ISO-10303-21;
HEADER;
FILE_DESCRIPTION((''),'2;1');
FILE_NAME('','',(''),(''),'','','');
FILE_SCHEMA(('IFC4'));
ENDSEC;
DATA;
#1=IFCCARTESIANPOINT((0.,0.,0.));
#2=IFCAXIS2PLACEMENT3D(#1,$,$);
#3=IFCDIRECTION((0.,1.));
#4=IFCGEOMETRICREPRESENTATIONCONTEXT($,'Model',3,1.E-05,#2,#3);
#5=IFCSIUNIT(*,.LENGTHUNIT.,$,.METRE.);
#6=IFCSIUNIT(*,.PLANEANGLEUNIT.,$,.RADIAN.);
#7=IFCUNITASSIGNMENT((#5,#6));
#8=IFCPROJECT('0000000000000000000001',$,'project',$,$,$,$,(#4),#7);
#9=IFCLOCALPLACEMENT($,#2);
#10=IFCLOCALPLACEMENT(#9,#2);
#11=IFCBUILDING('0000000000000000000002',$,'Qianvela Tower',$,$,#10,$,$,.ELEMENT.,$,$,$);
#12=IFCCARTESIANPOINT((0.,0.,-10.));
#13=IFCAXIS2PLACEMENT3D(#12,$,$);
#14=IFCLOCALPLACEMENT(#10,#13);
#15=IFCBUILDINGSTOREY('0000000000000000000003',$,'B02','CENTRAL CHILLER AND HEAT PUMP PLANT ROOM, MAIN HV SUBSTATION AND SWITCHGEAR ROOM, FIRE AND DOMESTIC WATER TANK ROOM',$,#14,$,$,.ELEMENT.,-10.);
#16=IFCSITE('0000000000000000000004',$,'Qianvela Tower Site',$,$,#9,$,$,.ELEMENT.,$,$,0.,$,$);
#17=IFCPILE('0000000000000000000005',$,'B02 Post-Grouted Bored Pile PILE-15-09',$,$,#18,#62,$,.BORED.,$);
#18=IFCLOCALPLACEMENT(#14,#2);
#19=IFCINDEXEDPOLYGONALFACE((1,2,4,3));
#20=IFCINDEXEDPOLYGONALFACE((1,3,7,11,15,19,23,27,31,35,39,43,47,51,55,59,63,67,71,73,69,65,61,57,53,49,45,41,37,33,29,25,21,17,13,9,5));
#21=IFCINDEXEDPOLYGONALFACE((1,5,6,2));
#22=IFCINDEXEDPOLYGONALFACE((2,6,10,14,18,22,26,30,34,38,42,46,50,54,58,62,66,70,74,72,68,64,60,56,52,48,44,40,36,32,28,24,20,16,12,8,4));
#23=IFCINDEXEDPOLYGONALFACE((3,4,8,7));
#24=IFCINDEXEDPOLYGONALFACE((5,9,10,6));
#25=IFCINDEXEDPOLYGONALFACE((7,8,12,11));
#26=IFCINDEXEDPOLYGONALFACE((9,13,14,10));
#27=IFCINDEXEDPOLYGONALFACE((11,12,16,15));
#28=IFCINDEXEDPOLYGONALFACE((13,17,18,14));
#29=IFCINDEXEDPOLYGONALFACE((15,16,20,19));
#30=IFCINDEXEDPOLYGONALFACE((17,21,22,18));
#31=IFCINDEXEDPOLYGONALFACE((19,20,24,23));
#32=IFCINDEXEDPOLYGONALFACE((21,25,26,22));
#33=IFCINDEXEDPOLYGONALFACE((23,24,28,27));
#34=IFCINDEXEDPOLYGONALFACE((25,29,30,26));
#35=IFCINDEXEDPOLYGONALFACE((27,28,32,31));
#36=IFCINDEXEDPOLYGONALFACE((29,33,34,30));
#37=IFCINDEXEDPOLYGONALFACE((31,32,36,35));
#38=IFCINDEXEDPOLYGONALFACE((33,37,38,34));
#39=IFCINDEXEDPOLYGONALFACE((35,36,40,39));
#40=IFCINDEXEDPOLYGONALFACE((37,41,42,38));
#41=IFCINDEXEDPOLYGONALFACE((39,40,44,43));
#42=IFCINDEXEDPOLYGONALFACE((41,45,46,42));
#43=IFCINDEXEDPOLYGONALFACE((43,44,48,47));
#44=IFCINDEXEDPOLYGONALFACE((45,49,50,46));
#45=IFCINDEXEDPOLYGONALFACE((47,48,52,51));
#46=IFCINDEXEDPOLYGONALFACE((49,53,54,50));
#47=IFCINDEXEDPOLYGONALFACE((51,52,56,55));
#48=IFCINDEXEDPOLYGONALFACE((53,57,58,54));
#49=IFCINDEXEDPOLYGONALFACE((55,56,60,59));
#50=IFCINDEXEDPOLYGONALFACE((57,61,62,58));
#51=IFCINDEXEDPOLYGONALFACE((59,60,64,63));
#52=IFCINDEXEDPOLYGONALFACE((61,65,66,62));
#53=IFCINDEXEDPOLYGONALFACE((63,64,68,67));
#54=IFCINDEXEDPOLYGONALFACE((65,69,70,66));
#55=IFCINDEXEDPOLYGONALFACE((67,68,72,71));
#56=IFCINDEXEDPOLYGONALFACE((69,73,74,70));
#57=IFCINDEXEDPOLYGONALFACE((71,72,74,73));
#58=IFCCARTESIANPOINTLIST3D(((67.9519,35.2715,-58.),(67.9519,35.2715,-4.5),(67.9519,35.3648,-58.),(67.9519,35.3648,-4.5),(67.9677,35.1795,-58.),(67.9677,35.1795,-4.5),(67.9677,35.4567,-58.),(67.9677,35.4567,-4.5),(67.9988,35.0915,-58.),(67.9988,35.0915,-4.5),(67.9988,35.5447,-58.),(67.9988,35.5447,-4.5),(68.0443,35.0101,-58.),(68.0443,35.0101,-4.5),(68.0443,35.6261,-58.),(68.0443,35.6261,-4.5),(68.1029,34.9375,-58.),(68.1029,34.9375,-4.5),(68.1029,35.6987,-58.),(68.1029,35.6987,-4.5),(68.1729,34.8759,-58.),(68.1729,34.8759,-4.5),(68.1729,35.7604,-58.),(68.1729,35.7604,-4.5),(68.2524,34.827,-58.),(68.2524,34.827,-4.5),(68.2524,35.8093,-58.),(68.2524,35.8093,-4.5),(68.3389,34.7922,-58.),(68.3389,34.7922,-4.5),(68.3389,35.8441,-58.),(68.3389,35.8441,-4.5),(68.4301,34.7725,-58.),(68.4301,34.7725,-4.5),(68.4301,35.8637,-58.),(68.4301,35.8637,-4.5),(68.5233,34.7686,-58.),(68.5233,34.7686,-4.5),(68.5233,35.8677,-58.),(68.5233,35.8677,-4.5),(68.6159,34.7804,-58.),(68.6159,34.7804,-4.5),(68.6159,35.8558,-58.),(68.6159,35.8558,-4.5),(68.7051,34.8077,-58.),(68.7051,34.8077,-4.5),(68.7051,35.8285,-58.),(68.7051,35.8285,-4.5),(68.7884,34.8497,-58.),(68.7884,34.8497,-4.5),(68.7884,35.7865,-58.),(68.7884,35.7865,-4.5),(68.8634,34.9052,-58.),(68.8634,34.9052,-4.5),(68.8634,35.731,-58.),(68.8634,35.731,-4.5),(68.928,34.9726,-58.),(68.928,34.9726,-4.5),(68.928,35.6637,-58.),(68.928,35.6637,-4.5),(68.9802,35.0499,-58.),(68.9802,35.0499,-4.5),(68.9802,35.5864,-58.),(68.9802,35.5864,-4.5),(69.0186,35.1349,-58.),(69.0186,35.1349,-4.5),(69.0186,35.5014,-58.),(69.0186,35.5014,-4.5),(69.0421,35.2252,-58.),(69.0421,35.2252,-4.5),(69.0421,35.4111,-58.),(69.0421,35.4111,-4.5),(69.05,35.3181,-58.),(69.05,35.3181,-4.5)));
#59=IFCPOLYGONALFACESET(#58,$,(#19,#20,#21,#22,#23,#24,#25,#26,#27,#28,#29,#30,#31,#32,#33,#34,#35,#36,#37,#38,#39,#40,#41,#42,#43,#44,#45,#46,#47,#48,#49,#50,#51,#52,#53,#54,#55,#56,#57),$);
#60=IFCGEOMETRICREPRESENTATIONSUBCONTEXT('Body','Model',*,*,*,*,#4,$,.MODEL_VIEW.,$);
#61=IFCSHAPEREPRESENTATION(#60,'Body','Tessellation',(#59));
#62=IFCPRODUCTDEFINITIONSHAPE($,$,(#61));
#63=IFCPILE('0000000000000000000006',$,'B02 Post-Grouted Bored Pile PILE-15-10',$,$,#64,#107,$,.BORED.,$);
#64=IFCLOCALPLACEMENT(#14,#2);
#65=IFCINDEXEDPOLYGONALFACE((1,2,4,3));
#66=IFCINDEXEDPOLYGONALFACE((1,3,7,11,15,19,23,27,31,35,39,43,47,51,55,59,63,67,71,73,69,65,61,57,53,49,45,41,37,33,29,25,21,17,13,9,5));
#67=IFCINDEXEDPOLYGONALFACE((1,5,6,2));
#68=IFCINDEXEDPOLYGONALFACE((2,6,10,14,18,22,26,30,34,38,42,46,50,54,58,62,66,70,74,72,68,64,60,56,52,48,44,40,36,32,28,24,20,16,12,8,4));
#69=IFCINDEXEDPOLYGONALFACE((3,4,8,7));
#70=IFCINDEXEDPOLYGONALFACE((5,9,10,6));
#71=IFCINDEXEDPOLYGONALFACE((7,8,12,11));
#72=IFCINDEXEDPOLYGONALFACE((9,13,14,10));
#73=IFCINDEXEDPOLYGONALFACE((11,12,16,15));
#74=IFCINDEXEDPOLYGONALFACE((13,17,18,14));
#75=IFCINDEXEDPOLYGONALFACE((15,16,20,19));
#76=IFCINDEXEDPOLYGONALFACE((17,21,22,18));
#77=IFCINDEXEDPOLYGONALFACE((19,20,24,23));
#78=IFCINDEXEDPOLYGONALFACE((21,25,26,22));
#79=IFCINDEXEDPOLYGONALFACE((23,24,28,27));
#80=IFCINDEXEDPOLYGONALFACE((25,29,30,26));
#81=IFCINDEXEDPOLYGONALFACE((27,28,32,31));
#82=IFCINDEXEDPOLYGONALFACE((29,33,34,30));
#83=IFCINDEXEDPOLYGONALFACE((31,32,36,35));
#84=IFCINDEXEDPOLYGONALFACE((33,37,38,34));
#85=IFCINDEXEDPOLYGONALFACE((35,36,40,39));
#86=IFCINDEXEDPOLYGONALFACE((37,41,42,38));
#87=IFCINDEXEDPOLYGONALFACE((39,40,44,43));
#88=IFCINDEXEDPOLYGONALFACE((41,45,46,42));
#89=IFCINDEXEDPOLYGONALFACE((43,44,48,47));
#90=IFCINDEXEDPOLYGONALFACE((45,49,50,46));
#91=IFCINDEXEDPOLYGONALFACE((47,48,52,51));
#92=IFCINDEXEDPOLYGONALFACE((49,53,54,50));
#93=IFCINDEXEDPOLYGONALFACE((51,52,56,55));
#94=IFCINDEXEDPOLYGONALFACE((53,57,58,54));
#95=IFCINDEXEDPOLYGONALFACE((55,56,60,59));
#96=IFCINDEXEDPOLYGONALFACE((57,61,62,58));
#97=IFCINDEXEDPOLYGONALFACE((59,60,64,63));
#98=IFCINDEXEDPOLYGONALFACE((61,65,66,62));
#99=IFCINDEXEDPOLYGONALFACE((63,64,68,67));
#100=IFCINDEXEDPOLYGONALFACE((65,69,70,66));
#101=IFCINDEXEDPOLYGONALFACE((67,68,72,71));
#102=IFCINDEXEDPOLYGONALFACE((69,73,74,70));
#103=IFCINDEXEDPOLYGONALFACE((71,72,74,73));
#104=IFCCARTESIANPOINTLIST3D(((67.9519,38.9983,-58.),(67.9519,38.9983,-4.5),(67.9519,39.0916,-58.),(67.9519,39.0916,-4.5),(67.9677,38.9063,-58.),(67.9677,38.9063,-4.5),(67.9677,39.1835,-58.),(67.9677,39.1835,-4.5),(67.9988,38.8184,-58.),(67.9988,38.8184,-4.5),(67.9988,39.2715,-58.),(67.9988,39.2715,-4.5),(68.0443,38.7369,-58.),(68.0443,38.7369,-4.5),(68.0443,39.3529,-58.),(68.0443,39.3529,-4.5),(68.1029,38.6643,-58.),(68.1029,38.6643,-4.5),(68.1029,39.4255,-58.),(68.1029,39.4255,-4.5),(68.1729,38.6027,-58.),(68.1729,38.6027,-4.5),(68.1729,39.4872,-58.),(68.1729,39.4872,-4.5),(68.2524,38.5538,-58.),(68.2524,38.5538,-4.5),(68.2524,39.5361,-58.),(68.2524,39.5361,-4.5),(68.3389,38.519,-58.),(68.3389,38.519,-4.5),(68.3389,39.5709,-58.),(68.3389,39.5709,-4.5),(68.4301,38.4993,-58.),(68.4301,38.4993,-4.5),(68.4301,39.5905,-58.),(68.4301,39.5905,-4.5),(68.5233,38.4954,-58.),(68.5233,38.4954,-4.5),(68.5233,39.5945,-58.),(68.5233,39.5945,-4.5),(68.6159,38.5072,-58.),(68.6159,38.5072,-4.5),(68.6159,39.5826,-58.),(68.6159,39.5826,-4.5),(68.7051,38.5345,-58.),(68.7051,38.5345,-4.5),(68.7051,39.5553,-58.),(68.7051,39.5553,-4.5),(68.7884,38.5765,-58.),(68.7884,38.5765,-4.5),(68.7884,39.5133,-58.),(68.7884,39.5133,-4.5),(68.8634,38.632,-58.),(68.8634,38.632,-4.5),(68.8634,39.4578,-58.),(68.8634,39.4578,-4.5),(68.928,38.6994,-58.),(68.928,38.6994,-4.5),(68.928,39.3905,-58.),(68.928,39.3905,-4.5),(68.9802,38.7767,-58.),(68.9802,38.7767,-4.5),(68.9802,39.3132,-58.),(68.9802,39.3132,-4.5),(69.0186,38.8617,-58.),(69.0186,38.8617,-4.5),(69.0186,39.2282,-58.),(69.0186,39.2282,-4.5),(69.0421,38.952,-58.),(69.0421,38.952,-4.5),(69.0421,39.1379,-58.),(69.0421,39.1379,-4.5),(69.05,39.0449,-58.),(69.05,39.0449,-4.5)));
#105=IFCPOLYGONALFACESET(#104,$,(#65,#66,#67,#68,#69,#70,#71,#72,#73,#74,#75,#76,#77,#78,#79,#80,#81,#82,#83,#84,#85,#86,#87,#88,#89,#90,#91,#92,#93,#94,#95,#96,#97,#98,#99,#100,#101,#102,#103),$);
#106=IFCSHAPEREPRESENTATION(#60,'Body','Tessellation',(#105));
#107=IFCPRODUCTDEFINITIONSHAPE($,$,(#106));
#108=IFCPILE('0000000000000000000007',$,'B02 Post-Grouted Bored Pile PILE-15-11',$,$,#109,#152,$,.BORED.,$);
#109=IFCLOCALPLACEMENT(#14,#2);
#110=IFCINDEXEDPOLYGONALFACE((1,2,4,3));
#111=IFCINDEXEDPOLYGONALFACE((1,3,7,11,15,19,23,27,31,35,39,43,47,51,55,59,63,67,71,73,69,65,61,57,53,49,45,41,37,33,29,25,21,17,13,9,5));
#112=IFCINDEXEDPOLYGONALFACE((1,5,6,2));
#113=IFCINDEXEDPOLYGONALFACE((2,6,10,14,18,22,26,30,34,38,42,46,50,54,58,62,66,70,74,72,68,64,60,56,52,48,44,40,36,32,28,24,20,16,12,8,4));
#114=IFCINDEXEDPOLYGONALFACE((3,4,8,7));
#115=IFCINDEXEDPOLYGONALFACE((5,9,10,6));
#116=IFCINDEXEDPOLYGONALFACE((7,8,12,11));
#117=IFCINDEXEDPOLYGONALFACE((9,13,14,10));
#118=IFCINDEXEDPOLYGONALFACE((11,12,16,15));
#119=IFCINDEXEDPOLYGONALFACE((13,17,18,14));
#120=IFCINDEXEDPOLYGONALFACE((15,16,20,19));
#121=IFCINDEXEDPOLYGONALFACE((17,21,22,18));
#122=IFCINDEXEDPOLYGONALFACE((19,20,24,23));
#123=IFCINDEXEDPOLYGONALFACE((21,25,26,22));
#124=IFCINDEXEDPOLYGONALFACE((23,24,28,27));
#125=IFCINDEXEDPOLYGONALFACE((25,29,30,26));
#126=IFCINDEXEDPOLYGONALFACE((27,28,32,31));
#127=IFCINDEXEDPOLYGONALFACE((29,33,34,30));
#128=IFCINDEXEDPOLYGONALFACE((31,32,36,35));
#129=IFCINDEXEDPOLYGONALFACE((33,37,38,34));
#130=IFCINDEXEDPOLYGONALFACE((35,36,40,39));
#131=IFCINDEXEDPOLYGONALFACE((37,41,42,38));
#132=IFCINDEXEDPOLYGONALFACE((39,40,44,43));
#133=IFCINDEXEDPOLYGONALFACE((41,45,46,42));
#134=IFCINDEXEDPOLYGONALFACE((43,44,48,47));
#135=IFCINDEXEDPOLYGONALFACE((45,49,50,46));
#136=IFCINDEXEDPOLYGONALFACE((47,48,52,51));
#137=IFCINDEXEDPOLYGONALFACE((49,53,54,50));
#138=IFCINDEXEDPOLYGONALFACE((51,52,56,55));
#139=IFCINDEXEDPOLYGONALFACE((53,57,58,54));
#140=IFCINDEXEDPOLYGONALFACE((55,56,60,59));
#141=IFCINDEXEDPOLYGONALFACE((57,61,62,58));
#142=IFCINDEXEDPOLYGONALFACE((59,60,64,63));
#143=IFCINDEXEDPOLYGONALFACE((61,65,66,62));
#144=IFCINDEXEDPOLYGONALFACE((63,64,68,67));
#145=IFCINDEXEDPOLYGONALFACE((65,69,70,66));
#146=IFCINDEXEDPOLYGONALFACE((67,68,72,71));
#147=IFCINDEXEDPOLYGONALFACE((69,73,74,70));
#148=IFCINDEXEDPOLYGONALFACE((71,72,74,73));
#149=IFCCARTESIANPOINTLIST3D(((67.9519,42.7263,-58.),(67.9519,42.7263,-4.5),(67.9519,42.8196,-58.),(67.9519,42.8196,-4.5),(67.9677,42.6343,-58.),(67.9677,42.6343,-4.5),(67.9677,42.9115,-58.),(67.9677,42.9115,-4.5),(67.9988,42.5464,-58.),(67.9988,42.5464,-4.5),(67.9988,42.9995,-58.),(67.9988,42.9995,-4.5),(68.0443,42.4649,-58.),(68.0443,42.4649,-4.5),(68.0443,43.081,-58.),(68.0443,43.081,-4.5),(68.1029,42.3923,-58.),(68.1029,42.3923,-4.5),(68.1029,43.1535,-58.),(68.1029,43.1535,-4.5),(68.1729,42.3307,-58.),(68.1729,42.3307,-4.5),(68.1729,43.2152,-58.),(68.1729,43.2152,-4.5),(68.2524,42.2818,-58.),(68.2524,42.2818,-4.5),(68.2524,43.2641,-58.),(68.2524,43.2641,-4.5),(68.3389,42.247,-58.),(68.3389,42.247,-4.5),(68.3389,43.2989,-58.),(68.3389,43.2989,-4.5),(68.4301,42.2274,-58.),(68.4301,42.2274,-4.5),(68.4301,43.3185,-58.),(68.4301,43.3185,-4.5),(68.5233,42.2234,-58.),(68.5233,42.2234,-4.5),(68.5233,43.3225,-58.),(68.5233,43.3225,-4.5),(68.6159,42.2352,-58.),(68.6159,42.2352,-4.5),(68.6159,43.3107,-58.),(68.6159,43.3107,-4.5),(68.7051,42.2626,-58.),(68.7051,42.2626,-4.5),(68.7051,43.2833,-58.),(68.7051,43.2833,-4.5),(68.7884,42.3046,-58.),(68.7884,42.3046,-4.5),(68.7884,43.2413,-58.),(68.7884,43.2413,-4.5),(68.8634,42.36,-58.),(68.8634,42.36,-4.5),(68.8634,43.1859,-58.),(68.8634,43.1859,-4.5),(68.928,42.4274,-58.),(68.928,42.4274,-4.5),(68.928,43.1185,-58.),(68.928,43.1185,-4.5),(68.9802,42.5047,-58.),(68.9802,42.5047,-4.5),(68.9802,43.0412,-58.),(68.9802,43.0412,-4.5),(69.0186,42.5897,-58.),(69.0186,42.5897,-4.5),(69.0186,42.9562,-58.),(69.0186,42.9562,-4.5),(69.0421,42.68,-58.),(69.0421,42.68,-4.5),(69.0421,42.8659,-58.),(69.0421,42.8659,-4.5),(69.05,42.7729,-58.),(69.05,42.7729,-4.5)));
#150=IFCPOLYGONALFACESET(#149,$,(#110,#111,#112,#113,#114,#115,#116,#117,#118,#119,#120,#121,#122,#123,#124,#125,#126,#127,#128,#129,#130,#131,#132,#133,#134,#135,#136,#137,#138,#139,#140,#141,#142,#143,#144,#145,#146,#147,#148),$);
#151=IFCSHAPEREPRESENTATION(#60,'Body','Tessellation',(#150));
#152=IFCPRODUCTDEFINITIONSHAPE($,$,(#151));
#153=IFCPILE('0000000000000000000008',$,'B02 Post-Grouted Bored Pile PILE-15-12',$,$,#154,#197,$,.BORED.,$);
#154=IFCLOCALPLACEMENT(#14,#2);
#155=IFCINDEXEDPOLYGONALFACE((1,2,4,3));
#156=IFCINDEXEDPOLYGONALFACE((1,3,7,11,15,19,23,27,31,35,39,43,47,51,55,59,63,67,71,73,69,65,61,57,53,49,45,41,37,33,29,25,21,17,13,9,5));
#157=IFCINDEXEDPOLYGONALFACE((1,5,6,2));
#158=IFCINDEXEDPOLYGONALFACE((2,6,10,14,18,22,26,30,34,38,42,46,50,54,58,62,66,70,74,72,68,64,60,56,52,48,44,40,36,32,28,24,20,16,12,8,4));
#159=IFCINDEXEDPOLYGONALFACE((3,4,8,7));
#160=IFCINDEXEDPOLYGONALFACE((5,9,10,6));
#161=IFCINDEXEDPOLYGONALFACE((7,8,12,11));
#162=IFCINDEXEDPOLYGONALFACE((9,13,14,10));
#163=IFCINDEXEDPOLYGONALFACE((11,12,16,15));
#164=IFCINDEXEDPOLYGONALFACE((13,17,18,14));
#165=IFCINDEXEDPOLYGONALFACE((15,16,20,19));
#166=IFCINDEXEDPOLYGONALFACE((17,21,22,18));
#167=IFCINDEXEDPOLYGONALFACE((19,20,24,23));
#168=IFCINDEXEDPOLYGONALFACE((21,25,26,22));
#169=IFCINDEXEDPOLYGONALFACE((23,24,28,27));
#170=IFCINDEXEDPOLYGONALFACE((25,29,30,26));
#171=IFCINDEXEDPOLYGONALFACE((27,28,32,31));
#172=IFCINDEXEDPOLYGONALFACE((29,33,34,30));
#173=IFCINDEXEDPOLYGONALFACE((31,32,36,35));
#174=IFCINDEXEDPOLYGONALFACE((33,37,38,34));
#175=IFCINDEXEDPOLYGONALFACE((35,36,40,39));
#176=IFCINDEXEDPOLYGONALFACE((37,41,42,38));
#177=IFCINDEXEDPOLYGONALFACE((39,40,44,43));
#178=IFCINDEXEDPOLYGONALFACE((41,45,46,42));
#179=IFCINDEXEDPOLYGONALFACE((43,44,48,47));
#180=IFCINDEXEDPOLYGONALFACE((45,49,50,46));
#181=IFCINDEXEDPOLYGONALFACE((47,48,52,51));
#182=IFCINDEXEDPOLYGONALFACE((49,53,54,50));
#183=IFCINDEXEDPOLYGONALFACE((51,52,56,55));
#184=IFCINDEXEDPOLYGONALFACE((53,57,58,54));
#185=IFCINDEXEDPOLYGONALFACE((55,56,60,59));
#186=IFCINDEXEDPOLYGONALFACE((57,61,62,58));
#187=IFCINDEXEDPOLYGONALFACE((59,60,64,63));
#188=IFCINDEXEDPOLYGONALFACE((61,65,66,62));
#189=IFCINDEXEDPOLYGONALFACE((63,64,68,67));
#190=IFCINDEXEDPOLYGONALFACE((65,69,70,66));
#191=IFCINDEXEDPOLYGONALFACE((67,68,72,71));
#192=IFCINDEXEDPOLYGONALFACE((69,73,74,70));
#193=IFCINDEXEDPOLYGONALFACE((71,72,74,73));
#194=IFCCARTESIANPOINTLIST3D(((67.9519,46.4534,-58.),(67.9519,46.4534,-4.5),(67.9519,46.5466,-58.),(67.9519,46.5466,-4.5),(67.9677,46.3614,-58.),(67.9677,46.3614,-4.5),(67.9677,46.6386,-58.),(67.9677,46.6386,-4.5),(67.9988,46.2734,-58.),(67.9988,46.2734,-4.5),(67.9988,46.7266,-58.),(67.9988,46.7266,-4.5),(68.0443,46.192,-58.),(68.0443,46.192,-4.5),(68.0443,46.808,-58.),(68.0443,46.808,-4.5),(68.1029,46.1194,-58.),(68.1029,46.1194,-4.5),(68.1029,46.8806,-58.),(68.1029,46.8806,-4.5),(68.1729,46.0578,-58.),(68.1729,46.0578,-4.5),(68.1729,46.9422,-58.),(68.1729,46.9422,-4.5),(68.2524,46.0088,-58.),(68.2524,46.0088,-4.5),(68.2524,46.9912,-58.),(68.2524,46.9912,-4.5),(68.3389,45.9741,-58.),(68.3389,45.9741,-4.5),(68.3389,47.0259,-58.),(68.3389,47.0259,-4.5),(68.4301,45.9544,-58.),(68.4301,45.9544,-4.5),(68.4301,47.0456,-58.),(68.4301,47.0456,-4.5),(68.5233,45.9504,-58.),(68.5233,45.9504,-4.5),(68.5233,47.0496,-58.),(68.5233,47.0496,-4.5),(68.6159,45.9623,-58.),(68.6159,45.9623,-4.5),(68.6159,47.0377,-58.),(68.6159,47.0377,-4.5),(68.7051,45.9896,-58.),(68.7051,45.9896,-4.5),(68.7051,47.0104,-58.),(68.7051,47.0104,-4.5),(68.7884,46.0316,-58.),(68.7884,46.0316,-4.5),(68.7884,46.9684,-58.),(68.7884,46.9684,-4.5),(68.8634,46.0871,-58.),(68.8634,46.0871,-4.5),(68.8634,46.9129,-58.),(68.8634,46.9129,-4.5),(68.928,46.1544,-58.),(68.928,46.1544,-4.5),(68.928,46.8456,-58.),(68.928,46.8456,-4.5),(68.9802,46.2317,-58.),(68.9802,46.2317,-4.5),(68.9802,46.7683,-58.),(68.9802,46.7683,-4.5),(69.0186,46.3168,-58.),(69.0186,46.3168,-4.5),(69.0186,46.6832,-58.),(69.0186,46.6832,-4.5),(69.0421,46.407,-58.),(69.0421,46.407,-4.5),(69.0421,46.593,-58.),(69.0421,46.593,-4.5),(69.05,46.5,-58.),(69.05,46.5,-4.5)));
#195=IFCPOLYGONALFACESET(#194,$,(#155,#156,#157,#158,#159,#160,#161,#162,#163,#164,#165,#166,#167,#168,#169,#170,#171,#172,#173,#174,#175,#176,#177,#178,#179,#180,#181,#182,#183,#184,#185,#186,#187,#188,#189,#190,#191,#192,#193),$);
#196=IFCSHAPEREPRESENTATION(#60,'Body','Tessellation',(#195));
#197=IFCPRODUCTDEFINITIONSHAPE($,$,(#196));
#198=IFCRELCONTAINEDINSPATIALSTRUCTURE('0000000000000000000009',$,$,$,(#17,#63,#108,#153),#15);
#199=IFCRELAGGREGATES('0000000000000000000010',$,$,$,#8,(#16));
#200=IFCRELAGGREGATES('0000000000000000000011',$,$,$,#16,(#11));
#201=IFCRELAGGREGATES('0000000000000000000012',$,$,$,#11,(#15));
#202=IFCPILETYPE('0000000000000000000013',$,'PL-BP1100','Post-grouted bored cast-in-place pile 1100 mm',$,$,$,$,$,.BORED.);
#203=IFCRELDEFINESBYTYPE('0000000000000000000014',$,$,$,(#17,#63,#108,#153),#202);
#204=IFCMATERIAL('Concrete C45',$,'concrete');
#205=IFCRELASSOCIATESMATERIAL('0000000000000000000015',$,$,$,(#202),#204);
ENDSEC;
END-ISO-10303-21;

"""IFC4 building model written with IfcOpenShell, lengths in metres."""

from ifc_helpers import new_model, si_unit, direction, frame, origin, origin_2d, place, context, subcontext, project, spatial, circle, extrude, material, material_profile, profile_set, type_object, element, save


model = new_model("IFC4")

# Units and contexts
model_context = context("Model", 3, precision=1e-05, world=origin(), true_north=direction((0.0, 1.0)))
body_context = subcontext(model_context, "Body", "Model", "MODEL_VIEW")
ifc_project = project(units=[si_unit("LENGTHUNIT", "METRE"), si_unit("PLANEANGLEUNIT", "RADIAN")], contexts=[model_context])

# Site, building, storey
site_placement = place(None, origin())
site = spatial("IfcSite", under=ifc_project, at=site_placement, Name="Qianvela Tower Site", CompositionType="ELEMENT", RefElevation=0.0)
building_placement = place(site_placement, origin())
building = spatial("IfcBuilding", under=site, at=building_placement, Name="Qianvela Tower", CompositionType="ELEMENT")
storey_placement = place(building_placement, frame((0.0, 0.0, -10.0)))
storey = spatial("IfcBuildingStorey", under=building, at=storey_placement, Name="B02", Description="CENTRAL CHILLER AND HEAT PUMP PLANT ROOM, MAIN HV SUBSTATION AND SWITCHGEAR ROOM, FIRE AND DOMESTIC WATER TANK ROOM", CompositionType="ELEMENT", Elevation=-10.0)

# Piles
ifc_material_1 = material(Name="Concrete C45", Category="concrete")
ifc_material_profile_1 = material_profile(ifc_material_1, circle(Radius=0.55, at=origin_2d()), Name="BP-1100")
ifc_profile_set_1 = profile_set([ifc_material_profile_1], Name="Concrete C45")
pile_type_1 = type_object("IfcPileType", Name="PL-BP1100", Description="Post-grouted bored cast-in-place pile 1100 mm", PredefinedType="BORED", material=ifc_profile_set_1)
for number, where, z_axis, x_axis, name in (
    (1, (68.5, 35.3181, -4.5), (0.0, 0.0, -1.0), (1.0, 0.0, 0.0), "B02 Post-Grouted Bored Pile PILE-15-09"),
    (2, (68.5, 39.0449, -4.5), (0.0, 0.0, -1.0), (1.0, 0.0, 0.0), "B02 Post-Grouted Bored Pile PILE-15-10"),
    (3, (68.5, 42.7729, -4.5), (0.0, 0.0, -1.0), (1.0, 0.0, 0.0), "B02 Post-Grouted Bored Pile PILE-15-11"),
    (4, (68.5, 46.5, -4.5), (0.0, 0.0, -1.0), (1.0, 0.0, 0.0), "B02 Post-Grouted Bored Pile PILE-15-12"),
):
    element("IfcPile", number, at=place(storey_placement, frame(where, z_axis=z_axis, x_axis=x_axis)), inside=storey, type_object=pile_type_1, Name=name, PredefinedType="BORED", context=body_context, shape_type="SweptSolid", body=[
        extrude(circle(Radius=0.55, at=origin_2d()), origin(), (0.0, 0.0, 1.0), 53.5),
    ])

save(model, "model.ifc")
